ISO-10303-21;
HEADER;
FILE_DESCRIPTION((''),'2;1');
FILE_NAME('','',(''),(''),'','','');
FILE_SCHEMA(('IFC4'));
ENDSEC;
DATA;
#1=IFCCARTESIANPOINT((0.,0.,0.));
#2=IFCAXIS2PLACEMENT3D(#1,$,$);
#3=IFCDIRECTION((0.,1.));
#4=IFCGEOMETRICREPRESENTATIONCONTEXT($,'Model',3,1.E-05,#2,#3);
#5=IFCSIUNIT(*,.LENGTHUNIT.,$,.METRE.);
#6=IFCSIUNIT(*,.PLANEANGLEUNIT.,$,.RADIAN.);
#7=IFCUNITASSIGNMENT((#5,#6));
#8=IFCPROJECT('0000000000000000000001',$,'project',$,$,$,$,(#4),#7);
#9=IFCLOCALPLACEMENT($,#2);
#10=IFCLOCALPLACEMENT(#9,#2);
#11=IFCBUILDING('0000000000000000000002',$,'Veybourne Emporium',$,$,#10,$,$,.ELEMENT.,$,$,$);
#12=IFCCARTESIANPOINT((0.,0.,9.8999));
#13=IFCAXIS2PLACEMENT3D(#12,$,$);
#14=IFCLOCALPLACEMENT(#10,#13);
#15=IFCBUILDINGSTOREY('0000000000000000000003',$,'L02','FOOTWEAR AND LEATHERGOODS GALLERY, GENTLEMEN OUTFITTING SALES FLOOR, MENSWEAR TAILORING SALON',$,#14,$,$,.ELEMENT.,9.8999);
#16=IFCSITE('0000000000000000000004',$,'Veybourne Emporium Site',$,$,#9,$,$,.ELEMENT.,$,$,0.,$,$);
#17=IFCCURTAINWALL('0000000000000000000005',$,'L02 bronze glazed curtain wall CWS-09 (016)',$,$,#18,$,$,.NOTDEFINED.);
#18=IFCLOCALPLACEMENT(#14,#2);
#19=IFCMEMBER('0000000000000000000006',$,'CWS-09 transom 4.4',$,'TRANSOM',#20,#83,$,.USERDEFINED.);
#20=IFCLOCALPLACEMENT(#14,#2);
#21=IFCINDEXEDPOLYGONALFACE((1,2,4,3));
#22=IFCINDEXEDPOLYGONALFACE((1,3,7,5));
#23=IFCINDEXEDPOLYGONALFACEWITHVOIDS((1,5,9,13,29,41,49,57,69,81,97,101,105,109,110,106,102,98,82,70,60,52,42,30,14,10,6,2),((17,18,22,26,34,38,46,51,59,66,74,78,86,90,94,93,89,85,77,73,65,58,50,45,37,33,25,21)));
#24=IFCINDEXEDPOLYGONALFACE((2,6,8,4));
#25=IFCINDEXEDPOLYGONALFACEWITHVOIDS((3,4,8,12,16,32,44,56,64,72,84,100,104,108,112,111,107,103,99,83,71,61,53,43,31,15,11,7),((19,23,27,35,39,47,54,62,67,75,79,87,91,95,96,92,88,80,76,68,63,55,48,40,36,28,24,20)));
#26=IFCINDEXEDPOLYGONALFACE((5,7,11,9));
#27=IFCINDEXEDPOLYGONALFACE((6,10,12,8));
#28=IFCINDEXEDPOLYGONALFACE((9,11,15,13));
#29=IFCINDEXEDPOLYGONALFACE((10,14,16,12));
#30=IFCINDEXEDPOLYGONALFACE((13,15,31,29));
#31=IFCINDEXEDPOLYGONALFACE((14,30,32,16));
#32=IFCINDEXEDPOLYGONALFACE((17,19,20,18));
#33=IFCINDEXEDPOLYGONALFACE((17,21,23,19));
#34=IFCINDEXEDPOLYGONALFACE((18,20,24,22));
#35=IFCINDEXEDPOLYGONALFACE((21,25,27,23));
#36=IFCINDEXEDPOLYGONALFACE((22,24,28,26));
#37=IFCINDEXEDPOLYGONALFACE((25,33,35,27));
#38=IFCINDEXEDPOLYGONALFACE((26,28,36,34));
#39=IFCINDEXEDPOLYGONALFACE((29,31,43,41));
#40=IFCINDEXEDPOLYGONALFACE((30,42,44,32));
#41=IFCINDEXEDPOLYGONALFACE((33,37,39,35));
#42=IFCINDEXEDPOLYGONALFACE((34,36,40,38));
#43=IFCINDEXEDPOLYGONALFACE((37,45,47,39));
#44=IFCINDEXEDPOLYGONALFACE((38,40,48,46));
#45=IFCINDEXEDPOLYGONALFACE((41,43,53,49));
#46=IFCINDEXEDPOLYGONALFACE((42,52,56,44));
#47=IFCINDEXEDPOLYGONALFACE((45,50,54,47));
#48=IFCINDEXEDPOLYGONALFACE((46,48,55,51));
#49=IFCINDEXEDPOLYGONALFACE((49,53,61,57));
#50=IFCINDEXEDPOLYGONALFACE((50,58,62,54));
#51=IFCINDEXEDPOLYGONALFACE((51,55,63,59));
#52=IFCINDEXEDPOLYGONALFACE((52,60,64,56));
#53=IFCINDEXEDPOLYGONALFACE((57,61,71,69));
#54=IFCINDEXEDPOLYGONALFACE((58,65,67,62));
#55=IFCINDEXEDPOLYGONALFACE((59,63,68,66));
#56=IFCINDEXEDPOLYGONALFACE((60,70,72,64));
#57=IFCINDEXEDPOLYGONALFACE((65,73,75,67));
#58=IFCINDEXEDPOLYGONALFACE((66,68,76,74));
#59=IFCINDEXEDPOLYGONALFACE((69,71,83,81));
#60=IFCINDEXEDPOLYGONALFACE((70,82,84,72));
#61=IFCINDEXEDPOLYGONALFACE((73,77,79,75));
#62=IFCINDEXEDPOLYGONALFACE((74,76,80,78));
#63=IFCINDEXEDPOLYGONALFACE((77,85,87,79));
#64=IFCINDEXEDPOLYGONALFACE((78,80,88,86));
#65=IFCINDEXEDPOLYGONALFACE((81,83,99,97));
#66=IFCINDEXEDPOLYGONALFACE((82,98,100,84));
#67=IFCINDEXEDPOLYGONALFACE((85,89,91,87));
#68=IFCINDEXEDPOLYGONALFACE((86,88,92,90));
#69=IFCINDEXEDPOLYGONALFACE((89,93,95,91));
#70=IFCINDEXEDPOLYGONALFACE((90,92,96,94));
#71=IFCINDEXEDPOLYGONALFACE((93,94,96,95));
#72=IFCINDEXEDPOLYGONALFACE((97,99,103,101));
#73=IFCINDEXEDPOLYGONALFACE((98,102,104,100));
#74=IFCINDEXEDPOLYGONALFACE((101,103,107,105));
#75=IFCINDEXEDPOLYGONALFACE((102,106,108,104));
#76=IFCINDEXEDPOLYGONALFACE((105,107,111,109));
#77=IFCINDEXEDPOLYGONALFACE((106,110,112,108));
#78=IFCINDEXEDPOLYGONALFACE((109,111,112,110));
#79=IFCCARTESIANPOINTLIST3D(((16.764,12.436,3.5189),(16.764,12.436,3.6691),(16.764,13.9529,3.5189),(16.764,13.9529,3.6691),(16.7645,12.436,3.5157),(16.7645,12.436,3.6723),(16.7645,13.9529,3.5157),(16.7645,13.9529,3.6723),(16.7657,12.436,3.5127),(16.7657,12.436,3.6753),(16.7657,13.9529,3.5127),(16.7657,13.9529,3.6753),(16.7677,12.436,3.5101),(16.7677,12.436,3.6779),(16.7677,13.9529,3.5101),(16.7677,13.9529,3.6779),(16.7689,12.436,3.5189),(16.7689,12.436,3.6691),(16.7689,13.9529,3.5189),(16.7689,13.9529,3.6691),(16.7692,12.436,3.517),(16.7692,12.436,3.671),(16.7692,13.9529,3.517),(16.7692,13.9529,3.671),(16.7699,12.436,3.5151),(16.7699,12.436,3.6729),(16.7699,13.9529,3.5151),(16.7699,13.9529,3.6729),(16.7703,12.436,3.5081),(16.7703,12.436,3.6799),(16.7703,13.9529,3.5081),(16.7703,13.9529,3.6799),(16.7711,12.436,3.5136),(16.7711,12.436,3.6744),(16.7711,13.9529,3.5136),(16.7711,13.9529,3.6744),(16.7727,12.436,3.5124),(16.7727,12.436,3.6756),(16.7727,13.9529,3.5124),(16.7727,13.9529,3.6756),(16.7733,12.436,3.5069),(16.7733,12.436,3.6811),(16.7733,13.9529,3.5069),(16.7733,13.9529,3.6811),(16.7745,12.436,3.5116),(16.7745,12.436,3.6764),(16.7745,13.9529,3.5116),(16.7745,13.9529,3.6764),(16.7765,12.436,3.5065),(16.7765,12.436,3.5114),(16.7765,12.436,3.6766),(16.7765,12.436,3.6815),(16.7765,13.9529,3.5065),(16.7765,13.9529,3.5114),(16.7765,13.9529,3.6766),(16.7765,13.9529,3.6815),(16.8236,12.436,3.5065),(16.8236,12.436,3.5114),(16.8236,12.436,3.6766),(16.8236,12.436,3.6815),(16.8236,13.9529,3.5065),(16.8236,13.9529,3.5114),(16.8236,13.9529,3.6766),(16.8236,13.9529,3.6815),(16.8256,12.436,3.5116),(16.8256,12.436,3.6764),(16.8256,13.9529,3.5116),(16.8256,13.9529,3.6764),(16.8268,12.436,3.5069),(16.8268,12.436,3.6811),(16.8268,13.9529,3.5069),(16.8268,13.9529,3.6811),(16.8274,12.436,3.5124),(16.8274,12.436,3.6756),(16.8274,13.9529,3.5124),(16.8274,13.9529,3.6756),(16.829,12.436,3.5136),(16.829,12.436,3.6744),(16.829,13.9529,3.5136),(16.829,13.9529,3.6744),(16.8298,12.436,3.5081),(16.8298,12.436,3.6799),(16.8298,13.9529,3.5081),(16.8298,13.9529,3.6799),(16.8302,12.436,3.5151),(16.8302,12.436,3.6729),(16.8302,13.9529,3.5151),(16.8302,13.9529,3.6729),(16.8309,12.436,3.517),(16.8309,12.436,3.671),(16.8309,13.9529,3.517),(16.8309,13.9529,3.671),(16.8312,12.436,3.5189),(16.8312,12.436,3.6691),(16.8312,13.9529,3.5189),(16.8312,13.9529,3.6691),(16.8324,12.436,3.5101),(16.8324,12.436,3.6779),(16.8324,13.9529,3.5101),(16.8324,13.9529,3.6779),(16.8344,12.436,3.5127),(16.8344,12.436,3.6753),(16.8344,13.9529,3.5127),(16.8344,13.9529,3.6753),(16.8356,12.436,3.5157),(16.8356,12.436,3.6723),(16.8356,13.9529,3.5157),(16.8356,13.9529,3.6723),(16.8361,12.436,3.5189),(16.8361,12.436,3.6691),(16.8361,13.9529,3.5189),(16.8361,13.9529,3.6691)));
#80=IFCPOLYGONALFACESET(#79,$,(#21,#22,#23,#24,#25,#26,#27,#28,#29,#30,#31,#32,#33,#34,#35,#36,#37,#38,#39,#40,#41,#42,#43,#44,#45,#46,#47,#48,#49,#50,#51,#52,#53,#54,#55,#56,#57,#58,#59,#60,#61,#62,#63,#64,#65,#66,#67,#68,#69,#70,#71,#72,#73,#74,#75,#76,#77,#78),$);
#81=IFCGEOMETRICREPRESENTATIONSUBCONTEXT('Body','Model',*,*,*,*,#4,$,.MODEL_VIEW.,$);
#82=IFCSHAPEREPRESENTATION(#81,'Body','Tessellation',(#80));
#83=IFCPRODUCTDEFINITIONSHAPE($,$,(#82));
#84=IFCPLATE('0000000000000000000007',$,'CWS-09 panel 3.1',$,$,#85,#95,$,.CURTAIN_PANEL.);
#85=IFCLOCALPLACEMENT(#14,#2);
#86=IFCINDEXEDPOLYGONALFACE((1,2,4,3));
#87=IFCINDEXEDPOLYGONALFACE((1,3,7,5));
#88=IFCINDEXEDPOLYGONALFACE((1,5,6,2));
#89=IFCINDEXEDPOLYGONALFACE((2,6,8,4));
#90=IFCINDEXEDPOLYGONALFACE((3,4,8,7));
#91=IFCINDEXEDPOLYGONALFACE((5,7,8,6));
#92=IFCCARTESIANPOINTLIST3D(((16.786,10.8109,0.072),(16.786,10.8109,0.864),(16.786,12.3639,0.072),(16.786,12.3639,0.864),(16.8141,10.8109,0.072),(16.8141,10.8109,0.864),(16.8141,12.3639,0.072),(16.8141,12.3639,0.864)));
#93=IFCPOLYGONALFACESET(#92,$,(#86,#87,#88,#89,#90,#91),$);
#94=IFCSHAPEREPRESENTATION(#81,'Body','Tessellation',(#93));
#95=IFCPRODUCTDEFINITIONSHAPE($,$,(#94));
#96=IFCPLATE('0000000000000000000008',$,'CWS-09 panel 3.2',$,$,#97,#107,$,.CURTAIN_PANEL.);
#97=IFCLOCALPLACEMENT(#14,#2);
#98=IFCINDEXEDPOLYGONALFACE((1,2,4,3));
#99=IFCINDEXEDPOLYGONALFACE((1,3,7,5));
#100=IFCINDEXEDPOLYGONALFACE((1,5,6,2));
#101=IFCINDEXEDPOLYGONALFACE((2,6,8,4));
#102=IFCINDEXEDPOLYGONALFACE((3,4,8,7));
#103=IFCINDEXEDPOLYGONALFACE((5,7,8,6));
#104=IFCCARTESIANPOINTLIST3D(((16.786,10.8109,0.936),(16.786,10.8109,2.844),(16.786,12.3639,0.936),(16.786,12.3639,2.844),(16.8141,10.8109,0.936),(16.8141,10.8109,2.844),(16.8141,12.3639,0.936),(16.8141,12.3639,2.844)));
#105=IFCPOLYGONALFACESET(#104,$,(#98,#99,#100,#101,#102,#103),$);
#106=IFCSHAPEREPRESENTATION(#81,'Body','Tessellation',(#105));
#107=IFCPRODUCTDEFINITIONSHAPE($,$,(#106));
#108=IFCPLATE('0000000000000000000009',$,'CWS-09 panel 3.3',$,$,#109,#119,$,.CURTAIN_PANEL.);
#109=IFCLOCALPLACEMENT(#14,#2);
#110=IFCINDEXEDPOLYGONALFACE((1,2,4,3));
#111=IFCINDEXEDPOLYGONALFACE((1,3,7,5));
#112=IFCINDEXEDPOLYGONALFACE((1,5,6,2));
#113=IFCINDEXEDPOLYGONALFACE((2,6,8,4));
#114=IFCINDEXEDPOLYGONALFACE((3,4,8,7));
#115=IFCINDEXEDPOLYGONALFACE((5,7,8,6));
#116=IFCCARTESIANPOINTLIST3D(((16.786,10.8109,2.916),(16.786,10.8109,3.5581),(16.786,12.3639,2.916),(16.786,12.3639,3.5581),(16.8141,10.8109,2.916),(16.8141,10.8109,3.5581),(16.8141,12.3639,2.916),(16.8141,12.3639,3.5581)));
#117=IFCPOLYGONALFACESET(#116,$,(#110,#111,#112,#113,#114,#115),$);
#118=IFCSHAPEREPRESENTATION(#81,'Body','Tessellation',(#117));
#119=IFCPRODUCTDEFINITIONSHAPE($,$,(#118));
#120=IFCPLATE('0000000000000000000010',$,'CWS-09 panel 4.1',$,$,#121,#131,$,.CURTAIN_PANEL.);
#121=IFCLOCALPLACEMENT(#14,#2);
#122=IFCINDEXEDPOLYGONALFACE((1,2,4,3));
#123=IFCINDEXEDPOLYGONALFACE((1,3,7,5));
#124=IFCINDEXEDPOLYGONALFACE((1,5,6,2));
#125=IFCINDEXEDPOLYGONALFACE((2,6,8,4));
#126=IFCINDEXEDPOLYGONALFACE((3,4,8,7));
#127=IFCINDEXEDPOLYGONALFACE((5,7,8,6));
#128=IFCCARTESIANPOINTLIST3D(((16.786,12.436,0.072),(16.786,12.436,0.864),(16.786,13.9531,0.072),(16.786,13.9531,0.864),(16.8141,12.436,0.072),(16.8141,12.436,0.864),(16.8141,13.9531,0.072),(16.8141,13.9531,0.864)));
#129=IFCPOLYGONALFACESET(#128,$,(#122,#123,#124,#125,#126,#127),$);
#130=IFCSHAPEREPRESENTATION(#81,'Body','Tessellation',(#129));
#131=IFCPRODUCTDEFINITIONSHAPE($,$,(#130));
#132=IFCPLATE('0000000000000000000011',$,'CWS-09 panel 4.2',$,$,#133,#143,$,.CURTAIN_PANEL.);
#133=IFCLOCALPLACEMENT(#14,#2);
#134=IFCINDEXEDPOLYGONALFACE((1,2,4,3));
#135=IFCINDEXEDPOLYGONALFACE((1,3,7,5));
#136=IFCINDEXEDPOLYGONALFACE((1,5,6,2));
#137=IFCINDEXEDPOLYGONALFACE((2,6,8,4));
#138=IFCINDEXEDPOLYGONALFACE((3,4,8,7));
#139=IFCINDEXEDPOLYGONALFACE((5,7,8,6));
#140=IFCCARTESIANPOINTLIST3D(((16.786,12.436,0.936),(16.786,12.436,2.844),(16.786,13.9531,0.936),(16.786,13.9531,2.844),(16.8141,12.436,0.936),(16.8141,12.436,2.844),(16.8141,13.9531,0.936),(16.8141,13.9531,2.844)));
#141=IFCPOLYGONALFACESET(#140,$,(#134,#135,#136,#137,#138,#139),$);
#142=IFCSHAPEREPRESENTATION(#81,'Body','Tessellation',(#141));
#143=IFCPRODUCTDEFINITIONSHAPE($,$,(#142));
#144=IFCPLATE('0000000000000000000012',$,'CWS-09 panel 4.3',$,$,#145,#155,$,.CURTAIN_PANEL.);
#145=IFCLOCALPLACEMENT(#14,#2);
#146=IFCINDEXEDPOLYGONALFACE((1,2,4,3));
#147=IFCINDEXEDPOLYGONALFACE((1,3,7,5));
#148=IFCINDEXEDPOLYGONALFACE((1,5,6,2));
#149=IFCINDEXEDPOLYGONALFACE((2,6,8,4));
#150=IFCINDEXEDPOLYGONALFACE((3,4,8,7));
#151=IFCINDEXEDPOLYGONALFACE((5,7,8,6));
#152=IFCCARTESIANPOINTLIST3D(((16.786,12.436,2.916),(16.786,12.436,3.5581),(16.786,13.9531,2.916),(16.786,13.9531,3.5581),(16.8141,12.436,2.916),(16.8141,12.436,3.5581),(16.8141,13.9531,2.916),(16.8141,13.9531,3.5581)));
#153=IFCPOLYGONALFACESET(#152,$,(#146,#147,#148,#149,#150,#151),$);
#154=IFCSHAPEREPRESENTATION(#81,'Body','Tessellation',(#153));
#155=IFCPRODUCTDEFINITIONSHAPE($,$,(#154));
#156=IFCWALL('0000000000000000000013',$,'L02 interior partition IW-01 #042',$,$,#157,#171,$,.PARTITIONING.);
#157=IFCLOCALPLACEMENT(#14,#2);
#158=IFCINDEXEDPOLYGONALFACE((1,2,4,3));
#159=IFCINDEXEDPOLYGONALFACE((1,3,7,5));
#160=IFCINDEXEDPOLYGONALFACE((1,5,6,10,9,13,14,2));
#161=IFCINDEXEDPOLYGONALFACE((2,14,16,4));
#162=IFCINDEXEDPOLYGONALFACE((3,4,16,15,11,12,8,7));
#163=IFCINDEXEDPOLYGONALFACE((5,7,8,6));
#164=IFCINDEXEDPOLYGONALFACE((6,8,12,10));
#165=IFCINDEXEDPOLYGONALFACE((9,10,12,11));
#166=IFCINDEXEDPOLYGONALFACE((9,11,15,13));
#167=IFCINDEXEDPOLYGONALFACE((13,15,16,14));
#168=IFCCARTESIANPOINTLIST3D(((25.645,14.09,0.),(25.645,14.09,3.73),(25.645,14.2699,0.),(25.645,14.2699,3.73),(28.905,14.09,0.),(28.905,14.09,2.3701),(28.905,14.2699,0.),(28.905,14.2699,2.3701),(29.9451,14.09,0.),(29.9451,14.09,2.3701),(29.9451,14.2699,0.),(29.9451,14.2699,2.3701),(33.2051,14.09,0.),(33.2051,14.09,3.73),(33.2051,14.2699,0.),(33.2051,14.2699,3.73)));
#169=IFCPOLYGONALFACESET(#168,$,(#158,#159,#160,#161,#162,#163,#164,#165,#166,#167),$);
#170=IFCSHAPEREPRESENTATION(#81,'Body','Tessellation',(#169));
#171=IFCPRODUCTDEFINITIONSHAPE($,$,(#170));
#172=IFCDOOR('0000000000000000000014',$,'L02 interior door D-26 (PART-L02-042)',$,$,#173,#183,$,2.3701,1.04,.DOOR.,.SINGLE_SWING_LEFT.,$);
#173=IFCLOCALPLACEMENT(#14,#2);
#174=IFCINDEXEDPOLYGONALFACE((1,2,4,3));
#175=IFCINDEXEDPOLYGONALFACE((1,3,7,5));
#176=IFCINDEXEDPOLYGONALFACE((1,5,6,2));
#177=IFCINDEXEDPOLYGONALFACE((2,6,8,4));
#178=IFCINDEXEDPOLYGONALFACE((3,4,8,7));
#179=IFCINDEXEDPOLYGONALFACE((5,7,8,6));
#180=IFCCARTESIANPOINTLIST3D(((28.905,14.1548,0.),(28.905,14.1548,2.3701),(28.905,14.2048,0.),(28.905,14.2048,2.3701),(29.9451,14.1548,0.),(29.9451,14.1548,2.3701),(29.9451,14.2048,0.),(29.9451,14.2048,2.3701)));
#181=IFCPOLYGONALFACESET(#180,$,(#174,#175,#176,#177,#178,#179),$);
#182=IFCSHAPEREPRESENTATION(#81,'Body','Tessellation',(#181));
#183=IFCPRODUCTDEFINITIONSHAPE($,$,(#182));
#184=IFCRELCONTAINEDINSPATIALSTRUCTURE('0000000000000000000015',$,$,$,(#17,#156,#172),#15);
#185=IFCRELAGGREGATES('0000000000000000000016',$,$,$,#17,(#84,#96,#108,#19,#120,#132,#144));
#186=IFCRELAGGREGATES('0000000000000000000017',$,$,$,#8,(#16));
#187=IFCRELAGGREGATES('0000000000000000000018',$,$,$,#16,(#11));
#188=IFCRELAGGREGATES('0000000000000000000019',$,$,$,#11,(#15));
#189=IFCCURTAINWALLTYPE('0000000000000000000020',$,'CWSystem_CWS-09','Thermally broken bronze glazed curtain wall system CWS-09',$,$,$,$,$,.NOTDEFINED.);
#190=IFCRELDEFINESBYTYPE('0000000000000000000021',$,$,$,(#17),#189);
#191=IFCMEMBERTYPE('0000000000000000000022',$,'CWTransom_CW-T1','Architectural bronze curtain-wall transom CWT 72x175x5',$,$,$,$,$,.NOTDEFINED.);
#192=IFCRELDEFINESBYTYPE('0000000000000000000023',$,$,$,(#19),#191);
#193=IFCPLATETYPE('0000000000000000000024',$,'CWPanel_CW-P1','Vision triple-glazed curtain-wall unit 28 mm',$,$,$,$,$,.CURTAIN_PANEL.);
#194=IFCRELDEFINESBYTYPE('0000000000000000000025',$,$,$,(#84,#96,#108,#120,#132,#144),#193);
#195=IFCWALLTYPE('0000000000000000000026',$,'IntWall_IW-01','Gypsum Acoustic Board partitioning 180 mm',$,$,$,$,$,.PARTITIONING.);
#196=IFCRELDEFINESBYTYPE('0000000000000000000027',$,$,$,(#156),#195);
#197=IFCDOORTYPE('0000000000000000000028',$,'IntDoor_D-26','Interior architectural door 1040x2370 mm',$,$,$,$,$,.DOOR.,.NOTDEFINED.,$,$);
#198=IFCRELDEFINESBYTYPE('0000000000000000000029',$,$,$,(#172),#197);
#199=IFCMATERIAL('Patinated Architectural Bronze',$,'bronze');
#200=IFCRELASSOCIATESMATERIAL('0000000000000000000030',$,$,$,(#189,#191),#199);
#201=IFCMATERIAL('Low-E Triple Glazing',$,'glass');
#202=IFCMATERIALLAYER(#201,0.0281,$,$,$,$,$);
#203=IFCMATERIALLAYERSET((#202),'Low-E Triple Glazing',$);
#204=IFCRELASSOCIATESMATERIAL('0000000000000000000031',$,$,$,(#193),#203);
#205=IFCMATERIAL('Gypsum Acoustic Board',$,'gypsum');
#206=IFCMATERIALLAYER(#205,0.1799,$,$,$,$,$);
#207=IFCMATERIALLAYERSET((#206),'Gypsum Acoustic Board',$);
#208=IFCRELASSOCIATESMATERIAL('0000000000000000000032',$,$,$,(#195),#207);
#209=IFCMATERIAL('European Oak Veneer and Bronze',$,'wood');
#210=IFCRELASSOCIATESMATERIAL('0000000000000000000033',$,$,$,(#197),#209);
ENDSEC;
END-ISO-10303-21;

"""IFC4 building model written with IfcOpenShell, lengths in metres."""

from ifc_helpers import new_model, si_unit, direction, frame, frame_2d, origin, origin_2d, place, context, subcontext, project, spatial, rectangle, hollow_rectangle, extrude, material, layer, layer_set, material_profile, profile_set, type_object, element, fill, aggregate, save


model = new_model("IFC4")

# Units and contexts
model_context = context("Model", 3, precision=1e-05, world=origin(), true_north=direction((0.0, 1.0)))
body_context = subcontext(model_context, "Body", "Model", "MODEL_VIEW")
ifc_project = project(units=[si_unit("LENGTHUNIT", "METRE"), si_unit("PLANEANGLEUNIT", "RADIAN")], contexts=[model_context])

# Site, building, storey
site_placement = place(None, origin())
site = spatial("IfcSite", under=ifc_project, at=site_placement, Name="Veybourne Emporium Site", CompositionType="ELEMENT", RefElevation=0.0)
building_placement = place(site_placement, origin())
building = spatial("IfcBuilding", under=site, at=building_placement, Name="Veybourne Emporium", CompositionType="ELEMENT")
storey_placement = place(building_placement, frame((0.0, 0.0, 9.8999)))
storey = spatial("IfcBuildingStorey", under=building, at=storey_placement, Name="L02", Description="FOOTWEAR AND LEATHERGOODS GALLERY, GENTLEMEN OUTFITTING SALES FLOOR, MENSWEAR TAILORING SALON", CompositionType="ELEMENT", Elevation=9.8999)

# Curtain wall, member, plates
ifc_material_1 = material(Name="Patinated Architectural Bronze", Category="bronze")
curtain_wall_type = type_object("IfcCurtainWallType", Name="CWSystem_CWS-09", Description="Thermally broken bronze glazed curtain wall system CWS-09", PredefinedType="NOTDEFINED", material=ifc_material_1)
curtain_wall_placement = place(storey_placement, origin())
curtain_wall = element("IfcCurtainWall", 1, at=curtain_wall_placement, inside=storey, type_object=curtain_wall_type, Name="L02 bronze glazed curtain wall CWS-09 (016)", PredefinedType="NOTDEFINED")
ifc_material_profile_1 = material_profile(ifc_material_1, hollow_rectangle(XDim=0.072, YDim=0.175, WallThickness=0.0049, InnerFilletRadius=0.0076, OuterFilletRadius=0.0125, at=origin_2d()), Name="CWT 72x175x5")
ifc_profile_set_1 = profile_set([ifc_material_profile_1], Name="Patinated Architectural Bronze")
member_type_1 = type_object("IfcMemberType", Name="CWTransom_CW-T1", Description="Architectural bronze curtain-wall transom CWT 72x175x5", PredefinedType="NOTDEFINED", material=ifc_profile_set_1)
member_1_placement = place(storey_placement, frame((16.8, 12.436, 3.594), z_axis=(0.0, 1.0, 0.0), x_axis=(-1.0, 0.0, 0.0)))
member_1 = element("IfcMember", 2, at=member_1_placement, type_object=member_type_1, Name="CWS-09 transom 4.4", ObjectType="TRANSOM", PredefinedType="USERDEFINED", context=body_context, shape_type="SweptSolid", body=[
    extrude(hollow_rectangle(XDim=0.072, YDim=0.175, WallThickness=0.0049, InnerFilletRadius=0.0076, OuterFilletRadius=0.0125, at=origin_2d()), origin(), (0.0, 0.0, 1.0), 1.5168),
])
ifc_material_2 = material(Name="Low-E Triple Glazing", Category="glass")
ifc_layer_1 = layer(ifc_material_2, 0.0281)
ifc_layer_set_1 = layer_set([ifc_layer_1], Name="Low-E Triple Glazing")
plate_type = type_object("IfcPlateType", Name="CWPanel_CW-P1", Description="Vision triple-glazed curtain-wall unit 28 mm", PredefinedType="CURTAIN_PANEL", material=ifc_layer_set_1)
plate_1_placement = place(storey_placement, frame((16.8, 11.5874, 0.072), z_axis=(0.0, 0.0, 1.0), x_axis=(0.0, 1.0, 0.0)))
plate_1 = element("IfcPlate", 3, at=plate_1_placement, type_object=plate_type, Name="CWS-09 panel 3.1", PredefinedType="CURTAIN_PANEL", context=body_context, shape_type="SweptSolid", body=[
    extrude(rectangle(XDim=1.553, YDim=0.0281, at=origin_2d()), origin(), (0.0, 0.0, 1.0), 0.792),
])
plate_2_placement = place(storey_placement, frame((16.8, 11.5874, 0.936), z_axis=(0.0, 0.0, 1.0), x_axis=(0.0, 1.0, 0.0)))
plate_2 = element("IfcPlate", 4, at=plate_2_placement, type_object=plate_type, Name="CWS-09 panel 3.2", PredefinedType="CURTAIN_PANEL", context=body_context, shape_type="SweptSolid", body=[
    extrude(rectangle(XDim=1.553, YDim=0.0281, at=origin_2d()), origin(), (0.0, 0.0, 1.0), 1.908),
])
plate_3_placement = place(storey_placement, frame((16.8, 11.5874, 2.916), z_axis=(0.0, 0.0, 1.0), x_axis=(0.0, 1.0, 0.0)))
plate_3 = element("IfcPlate", 5, at=plate_3_placement, type_object=plate_type, Name="CWS-09 panel 3.3", PredefinedType="CURTAIN_PANEL", context=body_context, shape_type="SweptSolid", body=[
    extrude(rectangle(XDim=1.553, YDim=0.0281, at=origin_2d()), origin(), (0.0, 0.0, 1.0), 0.6421),
])
plate_4_placement = place(storey_placement, frame((16.8, 13.1946, 0.072), z_axis=(0.0, 0.0, 1.0), x_axis=(0.0, 1.0, 0.0)))
plate_4 = element("IfcPlate", 6, at=plate_4_placement, type_object=plate_type, Name="CWS-09 panel 4.1", PredefinedType="CURTAIN_PANEL", context=body_context, shape_type="SweptSolid", body=[
    extrude(rectangle(XDim=1.5171, YDim=0.0281, at=origin_2d()), origin(), (0.0, 0.0, 1.0), 0.792),
])
plate_5_placement = place(storey_placement, frame((16.8, 13.1946, 0.936), z_axis=(0.0, 0.0, 1.0), x_axis=(0.0, 1.0, 0.0)))
plate_5 = element("IfcPlate", 7, at=plate_5_placement, type_object=plate_type, Name="CWS-09 panel 4.2", PredefinedType="CURTAIN_PANEL", context=body_context, shape_type="SweptSolid", body=[
    extrude(rectangle(XDim=1.5171, YDim=0.0281, at=origin_2d()), origin(), (0.0, 0.0, 1.0), 1.908),
])
plate_6_placement = place(storey_placement, frame((16.8, 13.1946, 2.916), z_axis=(0.0, 0.0, 1.0), x_axis=(0.0, 1.0, 0.0)))
plate_6 = element("IfcPlate", 8, at=plate_6_placement, type_object=plate_type, Name="CWS-09 panel 4.3", PredefinedType="CURTAIN_PANEL", context=body_context, shape_type="SweptSolid", body=[
    extrude(rectangle(XDim=1.5171, YDim=0.0281, at=origin_2d()), origin(), (0.0, 0.0, 1.0), 0.6421),
])
aggregate(curtain_wall, [plate_1, plate_2, plate_3, member_1, plate_4, plate_5, plate_6])

# Wall, opening, door
ifc_material_3 = material(Name="Gypsum Acoustic Board", Category="gypsum")
ifc_layer_2 = layer(ifc_material_3, 0.1799)
ifc_layer_set_2 = layer_set([ifc_layer_2], Name="Gypsum Acoustic Board")
wall_type_1 = type_object("IfcWallType", Name="IntWall_IW-01", Description="Gypsum Acoustic Board partitioning 180 mm", PredefinedType="PARTITIONING", material=ifc_layer_set_2)
wall_1_placement = place(storey_placement, frame((25.645, 14.1799, 0.0), z_axis=(0.0, 0.0, 1.0), x_axis=(1.0, 0.0, 0.0)))
wall_1 = element("IfcWall", 9, at=wall_1_placement, inside=storey, type_object=wall_type_1, Name="L02 interior partition IW-01 #042", PredefinedType="PARTITIONING", context=body_context, shape_type="SweptSolid", body=[
    extrude(rectangle(XDim=7.5601, YDim=0.1799, at=frame_2d((3.78, 0.0))), origin(), (0.0, 0.0, 1.0), 3.73),
])
opening_1_placement = place(wall_1_placement, frame((3.26, 0.0, 0.0)))
opening_1 = element("IfcOpeningElement", 10, at=opening_1_placement, cuts=wall_1, PredefinedType="OPENING", context=body_context, shape_type="SweptSolid", body=[
    extrude(rectangle(XDim=1.04, YDim=2.3701, at=frame_2d((0.52, 1.1851))), frame((0.0, 0.1099, 0.0), z_axis=(0.0, -1.0, 0.0), x_axis=(1.0, 0.0, 0.0)), (0.0, 0.0, 1.0), 0.22),
])
ifc_material_4 = material(Name="European Oak Veneer and Bronze", Category="wood")
door_type_1 = type_object("IfcDoorType", Name="IntDoor_D-26", Description="Interior architectural door 1040x2370 mm", OperationType="NOTDEFINED", PredefinedType="DOOR", material=ifc_material_4)
door_1_placement = place(opening_1_placement, origin())
door_1 = element("IfcDoor", 11, at=door_1_placement, inside=storey, type_object=door_type_1, Name="L02 interior door D-26 (PART-L02-042)", OperationType="SINGLE_SWING_LEFT", OverallHeight=2.3701, OverallWidth=1.04, PredefinedType="DOOR", context=body_context, shape_type="SweptSolid", body=[
    extrude(rectangle(XDim=1.04, YDim=2.3701, at=frame_2d((0.52, 1.1851))), frame((0.0, 0.0249, 0.0), z_axis=(0.0, -1.0, 0.0), x_axis=(1.0, 0.0, 0.0)), (0.0, 0.0, 1.0), 0.05),
])
fill(opening_1, door_1)

save(model, "model.ifc")
